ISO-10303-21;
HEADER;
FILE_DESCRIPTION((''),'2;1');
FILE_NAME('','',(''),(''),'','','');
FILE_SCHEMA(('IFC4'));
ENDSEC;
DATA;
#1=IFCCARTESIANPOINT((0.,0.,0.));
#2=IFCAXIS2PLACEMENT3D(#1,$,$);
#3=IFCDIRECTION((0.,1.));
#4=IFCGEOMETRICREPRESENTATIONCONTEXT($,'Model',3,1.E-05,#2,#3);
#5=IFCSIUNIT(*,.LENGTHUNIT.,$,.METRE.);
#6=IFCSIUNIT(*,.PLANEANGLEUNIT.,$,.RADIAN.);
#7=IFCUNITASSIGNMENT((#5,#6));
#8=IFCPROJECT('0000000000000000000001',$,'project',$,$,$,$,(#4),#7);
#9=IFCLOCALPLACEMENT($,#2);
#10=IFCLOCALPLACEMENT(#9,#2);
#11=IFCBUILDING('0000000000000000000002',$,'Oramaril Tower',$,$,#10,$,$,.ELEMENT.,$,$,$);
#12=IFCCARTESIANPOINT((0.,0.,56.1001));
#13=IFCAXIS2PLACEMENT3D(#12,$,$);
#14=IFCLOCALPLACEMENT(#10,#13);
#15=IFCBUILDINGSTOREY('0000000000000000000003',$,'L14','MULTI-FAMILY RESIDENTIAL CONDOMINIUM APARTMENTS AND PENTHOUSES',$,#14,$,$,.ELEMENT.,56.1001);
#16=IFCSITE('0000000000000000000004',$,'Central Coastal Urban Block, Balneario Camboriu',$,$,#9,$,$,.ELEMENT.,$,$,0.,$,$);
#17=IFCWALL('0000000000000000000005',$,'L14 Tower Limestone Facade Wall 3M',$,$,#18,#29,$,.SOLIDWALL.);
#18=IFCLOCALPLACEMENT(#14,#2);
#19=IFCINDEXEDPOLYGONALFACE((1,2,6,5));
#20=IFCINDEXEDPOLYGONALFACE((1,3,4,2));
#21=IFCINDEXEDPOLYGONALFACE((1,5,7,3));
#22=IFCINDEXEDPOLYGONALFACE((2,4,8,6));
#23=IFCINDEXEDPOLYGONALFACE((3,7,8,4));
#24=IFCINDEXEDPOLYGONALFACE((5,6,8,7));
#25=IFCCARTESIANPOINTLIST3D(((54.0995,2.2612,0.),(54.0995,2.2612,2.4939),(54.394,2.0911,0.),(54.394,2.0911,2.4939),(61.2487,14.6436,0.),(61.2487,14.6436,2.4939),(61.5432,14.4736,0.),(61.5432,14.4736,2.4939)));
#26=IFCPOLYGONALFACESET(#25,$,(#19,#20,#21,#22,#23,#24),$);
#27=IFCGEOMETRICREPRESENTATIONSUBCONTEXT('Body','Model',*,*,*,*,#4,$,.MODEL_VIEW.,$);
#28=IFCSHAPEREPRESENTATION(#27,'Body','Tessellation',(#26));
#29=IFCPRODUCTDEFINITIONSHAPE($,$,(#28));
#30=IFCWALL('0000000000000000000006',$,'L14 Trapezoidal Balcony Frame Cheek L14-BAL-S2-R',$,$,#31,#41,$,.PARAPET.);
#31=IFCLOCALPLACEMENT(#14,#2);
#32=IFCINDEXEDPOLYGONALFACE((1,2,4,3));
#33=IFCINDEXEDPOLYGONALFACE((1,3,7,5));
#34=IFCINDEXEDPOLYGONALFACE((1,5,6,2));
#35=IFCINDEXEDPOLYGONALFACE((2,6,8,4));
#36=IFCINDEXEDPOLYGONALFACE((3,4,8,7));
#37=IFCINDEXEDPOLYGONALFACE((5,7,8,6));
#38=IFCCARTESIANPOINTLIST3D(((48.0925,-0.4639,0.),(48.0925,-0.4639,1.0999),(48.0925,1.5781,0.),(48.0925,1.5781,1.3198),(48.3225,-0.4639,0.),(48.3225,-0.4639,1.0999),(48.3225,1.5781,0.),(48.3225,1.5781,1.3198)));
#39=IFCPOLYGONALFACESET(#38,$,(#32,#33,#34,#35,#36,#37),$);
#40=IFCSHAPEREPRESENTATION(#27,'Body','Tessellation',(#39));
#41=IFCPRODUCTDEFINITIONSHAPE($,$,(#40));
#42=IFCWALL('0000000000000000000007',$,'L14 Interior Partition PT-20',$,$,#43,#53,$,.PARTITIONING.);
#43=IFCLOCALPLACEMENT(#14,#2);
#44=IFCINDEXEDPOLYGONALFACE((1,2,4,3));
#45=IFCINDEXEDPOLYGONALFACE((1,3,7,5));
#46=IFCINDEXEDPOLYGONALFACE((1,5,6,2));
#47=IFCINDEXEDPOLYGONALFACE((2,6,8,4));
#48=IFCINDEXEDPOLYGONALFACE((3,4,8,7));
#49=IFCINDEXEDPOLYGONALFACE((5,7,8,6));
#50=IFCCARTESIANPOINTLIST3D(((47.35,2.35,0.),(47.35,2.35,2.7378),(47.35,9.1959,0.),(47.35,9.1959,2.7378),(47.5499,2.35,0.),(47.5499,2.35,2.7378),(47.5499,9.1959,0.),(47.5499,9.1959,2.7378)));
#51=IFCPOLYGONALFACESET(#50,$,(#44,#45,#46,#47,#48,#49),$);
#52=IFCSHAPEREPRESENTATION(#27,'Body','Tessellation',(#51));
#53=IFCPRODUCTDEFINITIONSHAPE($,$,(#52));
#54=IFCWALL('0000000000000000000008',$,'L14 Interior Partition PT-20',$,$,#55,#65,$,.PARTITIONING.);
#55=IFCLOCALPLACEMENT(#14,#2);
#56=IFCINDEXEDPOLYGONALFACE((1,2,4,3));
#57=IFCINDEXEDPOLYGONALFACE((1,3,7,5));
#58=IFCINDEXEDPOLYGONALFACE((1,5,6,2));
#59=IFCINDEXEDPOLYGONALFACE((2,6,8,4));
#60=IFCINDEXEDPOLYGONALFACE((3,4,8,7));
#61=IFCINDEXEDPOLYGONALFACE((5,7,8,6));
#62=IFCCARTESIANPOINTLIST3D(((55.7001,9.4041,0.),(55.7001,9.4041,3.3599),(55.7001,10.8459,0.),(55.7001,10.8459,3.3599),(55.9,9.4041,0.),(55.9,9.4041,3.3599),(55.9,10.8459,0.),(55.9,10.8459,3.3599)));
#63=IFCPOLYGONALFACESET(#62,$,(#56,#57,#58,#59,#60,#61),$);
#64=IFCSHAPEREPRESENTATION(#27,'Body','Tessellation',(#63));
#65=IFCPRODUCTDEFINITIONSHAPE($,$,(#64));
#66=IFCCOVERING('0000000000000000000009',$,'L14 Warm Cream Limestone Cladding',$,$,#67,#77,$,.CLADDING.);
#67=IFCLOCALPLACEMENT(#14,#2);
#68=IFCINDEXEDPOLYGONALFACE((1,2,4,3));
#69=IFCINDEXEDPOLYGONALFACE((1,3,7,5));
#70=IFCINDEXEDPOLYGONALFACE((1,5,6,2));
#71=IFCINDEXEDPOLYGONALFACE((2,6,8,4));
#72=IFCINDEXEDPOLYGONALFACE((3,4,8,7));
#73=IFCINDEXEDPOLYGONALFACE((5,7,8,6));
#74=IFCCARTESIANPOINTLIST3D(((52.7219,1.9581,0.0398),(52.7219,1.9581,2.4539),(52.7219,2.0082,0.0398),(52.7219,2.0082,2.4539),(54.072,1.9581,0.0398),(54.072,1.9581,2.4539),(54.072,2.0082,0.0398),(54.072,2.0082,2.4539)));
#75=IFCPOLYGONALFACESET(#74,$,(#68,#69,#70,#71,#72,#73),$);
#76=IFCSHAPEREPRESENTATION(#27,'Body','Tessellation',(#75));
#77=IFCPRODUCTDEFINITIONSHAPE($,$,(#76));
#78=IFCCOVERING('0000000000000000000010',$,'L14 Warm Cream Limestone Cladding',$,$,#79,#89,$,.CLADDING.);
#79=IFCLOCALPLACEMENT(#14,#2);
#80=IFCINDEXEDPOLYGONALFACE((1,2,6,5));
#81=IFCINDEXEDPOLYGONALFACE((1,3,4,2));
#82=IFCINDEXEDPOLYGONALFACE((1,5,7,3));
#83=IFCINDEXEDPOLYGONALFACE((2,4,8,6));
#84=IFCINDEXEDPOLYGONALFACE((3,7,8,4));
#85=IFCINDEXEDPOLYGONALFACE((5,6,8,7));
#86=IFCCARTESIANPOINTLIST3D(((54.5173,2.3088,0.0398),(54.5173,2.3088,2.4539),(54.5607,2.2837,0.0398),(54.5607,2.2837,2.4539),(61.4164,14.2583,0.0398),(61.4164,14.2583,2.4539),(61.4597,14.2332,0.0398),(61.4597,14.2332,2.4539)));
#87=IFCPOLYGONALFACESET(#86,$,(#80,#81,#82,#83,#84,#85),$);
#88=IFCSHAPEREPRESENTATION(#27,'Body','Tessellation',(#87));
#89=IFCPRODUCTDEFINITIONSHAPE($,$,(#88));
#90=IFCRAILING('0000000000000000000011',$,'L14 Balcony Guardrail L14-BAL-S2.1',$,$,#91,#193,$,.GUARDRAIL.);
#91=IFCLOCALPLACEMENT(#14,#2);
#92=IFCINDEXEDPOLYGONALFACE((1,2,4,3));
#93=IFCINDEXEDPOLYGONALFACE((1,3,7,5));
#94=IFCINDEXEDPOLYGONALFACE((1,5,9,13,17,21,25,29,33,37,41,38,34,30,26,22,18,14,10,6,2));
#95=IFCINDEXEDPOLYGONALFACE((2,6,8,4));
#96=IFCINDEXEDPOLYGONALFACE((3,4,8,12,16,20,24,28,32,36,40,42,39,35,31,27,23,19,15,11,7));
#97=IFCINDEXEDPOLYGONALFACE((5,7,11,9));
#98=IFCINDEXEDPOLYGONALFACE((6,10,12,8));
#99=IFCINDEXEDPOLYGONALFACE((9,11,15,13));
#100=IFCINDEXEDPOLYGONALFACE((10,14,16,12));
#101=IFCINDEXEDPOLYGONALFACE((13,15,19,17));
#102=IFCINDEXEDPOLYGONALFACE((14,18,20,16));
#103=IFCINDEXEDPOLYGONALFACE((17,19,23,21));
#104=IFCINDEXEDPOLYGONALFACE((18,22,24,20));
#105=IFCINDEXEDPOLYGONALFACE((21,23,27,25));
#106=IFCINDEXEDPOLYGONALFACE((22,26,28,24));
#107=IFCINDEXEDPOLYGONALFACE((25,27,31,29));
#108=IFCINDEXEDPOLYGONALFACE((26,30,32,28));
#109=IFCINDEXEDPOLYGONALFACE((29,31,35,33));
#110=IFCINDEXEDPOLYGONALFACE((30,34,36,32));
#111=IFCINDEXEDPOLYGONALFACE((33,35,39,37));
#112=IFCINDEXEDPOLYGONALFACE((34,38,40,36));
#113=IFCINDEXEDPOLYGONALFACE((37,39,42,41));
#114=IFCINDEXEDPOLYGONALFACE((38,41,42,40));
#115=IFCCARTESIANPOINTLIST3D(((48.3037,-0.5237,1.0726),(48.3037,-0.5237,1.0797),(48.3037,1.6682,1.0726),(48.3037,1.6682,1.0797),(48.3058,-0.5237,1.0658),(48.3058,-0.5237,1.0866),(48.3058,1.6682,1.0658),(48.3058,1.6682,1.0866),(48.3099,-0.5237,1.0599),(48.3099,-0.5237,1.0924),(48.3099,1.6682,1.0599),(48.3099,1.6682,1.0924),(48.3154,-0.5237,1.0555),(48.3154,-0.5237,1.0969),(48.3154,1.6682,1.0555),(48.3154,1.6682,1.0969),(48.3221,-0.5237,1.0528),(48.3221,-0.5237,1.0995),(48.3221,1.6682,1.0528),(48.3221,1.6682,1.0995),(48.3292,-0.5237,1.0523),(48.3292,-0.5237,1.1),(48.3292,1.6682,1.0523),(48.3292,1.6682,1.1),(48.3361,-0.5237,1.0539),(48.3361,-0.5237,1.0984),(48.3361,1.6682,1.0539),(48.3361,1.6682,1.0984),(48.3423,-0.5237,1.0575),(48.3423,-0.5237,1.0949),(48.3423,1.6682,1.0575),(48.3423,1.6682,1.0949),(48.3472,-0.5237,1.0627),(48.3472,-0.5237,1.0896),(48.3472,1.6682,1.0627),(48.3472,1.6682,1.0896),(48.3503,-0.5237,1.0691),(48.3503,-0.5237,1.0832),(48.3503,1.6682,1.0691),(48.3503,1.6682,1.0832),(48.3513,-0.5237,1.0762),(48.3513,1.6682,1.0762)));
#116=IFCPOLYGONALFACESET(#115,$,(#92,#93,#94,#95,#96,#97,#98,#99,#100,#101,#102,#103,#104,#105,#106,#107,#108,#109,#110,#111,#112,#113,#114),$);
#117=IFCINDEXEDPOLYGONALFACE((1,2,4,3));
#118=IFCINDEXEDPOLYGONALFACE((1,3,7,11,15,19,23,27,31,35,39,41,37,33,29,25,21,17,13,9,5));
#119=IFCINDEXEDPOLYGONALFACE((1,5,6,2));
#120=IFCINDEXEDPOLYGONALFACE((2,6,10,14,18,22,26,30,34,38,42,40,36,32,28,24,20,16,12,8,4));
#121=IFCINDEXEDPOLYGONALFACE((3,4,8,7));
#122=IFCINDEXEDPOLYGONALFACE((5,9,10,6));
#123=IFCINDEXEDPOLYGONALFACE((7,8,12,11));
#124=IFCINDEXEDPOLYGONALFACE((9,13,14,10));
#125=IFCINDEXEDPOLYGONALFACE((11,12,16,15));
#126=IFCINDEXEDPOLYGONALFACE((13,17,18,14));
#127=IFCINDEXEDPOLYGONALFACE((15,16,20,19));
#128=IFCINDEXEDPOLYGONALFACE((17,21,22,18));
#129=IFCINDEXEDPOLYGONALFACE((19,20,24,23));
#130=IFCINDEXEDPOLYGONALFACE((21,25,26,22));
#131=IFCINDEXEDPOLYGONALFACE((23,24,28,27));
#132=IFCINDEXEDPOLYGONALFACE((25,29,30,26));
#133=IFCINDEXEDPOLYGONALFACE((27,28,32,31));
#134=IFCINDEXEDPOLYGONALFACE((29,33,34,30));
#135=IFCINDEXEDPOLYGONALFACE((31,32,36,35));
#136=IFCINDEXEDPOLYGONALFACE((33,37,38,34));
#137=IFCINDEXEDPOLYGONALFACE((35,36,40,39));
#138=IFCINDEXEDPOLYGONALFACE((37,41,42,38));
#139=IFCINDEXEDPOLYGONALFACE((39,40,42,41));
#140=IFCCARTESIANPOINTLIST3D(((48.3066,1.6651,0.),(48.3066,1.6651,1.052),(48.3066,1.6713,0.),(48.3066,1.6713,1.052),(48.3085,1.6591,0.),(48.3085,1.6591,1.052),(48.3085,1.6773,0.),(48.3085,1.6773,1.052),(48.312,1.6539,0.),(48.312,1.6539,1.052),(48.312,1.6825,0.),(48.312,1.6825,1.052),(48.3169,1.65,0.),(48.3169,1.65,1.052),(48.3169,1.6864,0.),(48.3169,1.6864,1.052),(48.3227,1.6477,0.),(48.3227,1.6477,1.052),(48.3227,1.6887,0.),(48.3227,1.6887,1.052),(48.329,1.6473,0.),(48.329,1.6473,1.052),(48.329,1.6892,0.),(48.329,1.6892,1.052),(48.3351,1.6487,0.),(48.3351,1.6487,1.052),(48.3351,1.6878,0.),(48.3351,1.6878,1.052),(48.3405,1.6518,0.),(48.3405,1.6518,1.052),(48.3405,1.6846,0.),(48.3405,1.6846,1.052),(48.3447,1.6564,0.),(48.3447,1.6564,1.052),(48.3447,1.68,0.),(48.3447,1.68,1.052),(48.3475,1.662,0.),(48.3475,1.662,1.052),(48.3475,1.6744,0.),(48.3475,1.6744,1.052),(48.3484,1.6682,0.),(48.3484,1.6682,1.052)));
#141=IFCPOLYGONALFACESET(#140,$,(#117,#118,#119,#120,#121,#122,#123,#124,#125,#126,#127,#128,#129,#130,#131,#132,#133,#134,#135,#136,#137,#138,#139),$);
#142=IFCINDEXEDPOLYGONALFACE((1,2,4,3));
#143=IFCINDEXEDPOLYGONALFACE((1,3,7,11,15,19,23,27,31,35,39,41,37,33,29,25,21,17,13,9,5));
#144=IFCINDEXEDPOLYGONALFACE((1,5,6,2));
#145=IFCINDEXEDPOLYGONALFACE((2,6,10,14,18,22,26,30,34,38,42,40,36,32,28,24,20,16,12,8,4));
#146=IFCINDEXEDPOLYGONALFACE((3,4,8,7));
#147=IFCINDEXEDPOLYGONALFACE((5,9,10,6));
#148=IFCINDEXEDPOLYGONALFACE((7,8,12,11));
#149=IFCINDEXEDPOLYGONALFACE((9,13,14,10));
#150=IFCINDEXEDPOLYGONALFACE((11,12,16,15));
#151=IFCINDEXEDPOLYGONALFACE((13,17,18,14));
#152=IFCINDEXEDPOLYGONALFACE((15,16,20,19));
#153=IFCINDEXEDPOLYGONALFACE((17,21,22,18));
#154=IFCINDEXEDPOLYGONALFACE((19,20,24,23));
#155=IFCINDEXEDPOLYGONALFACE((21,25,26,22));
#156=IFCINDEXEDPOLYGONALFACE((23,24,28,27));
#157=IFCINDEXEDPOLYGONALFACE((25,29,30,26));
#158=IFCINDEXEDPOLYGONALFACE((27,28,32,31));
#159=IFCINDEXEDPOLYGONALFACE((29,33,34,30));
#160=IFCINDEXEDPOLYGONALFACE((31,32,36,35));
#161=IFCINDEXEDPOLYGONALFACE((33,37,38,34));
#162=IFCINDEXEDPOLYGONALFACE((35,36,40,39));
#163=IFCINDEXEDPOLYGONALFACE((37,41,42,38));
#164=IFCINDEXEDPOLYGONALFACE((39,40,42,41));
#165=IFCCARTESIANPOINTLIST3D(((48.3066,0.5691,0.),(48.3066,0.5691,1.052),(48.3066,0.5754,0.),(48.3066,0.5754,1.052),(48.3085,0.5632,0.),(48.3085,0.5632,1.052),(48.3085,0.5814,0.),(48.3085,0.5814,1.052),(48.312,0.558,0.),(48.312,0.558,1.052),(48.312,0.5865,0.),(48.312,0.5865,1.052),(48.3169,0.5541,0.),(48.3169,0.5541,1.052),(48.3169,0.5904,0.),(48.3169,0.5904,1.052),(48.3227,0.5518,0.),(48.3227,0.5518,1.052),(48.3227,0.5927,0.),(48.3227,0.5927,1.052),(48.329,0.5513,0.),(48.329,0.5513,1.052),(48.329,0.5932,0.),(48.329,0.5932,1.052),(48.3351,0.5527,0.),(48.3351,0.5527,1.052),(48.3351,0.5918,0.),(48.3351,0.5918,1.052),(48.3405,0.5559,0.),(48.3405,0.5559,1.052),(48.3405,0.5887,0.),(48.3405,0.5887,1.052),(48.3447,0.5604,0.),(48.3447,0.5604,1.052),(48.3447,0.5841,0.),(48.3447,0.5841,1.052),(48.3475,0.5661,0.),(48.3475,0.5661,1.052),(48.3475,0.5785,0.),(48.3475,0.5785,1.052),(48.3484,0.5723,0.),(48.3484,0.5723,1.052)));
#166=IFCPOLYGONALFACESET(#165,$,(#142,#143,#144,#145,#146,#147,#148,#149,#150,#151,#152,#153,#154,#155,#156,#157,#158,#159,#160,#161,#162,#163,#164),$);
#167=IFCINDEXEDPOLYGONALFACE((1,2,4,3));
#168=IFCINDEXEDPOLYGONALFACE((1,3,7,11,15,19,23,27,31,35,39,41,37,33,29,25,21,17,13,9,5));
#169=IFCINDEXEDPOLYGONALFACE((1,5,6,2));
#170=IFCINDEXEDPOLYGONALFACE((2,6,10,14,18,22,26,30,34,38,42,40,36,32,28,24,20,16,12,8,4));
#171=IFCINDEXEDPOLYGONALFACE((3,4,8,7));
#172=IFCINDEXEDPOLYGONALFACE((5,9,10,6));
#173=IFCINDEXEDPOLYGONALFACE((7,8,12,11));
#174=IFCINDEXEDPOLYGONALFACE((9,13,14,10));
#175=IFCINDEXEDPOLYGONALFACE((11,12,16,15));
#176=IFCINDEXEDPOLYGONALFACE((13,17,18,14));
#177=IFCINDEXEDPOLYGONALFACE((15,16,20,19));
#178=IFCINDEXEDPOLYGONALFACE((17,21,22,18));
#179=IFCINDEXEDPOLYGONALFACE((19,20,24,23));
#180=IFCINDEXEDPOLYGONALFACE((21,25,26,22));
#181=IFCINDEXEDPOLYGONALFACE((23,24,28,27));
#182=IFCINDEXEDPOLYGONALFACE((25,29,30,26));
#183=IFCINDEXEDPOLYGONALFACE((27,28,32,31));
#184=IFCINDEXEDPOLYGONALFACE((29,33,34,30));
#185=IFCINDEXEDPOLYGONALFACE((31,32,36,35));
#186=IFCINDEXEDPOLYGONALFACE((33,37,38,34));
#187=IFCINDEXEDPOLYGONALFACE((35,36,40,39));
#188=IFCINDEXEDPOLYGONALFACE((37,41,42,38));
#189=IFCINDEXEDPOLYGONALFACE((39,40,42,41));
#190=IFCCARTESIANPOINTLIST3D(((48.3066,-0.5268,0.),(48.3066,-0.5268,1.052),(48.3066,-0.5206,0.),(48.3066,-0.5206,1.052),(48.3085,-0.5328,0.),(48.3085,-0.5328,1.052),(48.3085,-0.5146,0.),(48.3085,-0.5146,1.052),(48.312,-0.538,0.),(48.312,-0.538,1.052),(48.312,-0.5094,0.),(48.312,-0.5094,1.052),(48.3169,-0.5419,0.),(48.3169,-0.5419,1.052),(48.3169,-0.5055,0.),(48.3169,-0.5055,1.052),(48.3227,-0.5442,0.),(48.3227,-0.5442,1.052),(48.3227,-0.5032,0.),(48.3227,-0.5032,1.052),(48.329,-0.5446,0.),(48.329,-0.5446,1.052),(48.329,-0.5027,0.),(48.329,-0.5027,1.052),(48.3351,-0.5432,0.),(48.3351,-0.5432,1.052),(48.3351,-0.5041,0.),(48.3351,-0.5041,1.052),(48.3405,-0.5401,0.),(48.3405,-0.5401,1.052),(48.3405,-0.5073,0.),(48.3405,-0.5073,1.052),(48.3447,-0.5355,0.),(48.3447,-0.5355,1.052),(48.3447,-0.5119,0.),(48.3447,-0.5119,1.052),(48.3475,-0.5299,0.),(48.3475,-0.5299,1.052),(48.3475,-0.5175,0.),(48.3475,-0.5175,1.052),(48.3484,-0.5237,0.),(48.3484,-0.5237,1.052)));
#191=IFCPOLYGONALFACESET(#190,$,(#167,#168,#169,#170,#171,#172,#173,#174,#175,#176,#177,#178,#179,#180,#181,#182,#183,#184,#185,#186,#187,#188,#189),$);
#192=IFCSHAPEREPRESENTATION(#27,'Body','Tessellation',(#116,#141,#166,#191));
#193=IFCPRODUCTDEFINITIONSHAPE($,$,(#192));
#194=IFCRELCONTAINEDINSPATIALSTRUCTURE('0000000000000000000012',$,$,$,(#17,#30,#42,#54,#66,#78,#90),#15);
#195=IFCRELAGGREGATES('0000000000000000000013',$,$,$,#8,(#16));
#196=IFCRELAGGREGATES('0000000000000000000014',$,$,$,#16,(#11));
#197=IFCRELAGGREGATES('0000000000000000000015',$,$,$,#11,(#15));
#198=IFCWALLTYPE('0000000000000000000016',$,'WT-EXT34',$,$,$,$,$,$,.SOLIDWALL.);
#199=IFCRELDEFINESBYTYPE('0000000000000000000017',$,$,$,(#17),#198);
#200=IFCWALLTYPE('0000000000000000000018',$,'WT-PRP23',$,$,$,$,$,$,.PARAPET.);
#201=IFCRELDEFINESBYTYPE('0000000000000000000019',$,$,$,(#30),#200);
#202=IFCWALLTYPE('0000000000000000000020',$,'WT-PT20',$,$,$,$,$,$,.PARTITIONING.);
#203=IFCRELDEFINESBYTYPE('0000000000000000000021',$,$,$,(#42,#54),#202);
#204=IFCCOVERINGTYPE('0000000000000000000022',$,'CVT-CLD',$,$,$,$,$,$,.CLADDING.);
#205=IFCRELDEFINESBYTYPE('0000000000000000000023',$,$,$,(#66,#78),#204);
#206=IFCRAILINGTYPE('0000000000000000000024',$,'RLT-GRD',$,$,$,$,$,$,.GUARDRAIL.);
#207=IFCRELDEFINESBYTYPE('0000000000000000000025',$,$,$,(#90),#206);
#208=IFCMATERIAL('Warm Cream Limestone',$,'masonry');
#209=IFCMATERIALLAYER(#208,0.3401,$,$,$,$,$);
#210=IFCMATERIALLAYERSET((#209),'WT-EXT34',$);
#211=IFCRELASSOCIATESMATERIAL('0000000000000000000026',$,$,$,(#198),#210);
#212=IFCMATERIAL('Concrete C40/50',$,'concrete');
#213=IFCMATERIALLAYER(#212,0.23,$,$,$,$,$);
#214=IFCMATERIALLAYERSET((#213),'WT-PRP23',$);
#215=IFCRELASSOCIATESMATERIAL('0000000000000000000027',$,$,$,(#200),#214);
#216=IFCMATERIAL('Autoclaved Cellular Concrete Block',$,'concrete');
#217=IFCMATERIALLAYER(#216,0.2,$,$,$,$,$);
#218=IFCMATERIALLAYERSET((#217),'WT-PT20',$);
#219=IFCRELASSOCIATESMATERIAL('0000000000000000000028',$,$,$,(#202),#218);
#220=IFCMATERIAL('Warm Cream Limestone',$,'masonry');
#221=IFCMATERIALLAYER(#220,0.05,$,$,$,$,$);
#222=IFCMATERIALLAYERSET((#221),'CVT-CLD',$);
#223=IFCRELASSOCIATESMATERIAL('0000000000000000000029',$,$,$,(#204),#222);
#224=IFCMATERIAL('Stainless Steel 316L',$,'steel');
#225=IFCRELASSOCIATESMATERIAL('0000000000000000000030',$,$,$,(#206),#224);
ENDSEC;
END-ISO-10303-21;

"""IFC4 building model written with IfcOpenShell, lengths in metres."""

from ifc_helpers import new_model, si_unit, direction, frame, frame_2d, origin, origin_2d, place, context, subcontext, project, spatial, polyline, rectangle, circle, outline, extrude, material, layer, layer_set, type_object, element, save


model = new_model("IFC4")

# Units and contexts
model_context = context("Model", 3, precision=1e-05, world=origin(), true_north=direction((0.0, 1.0)))
body_context = subcontext(model_context, "Body", "Model", "MODEL_VIEW")
ifc_project = project(units=[si_unit("LENGTHUNIT", "METRE"), si_unit("PLANEANGLEUNIT", "RADIAN")], contexts=[model_context])

# Site, building, storey
site_placement = place(None, origin())
site = spatial("IfcSite", under=ifc_project, at=site_placement, Name="Central Coastal Urban Block, Balneario Camboriu", CompositionType="ELEMENT", RefElevation=0.0)
building_placement = place(site_placement, origin())
building = spatial("IfcBuilding", under=site, at=building_placement, Name="Oramaril Tower", CompositionType="ELEMENT")
storey_placement = place(building_placement, frame((0.0, 0.0, 56.1001)))
storey = spatial("IfcBuildingStorey", under=building, at=storey_placement, Name="L14", Description="MULTI-FAMILY RESIDENTIAL CONDOMINIUM APARTMENTS AND PENTHOUSES", CompositionType="ELEMENT", Elevation=56.1001)

# Walls
ifc_material_1 = material(Name="Warm Cream Limestone", Category="masonry")
ifc_layer_1 = layer(ifc_material_1, 0.3401)
ifc_layer_set_1 = layer_set([ifc_layer_1], Name="WT-EXT34")
wall_type_1 = type_object("IfcWallType", Name="WT-EXT34", PredefinedType="SOLIDWALL", material=ifc_layer_set_1)
wall_1_placement = place(storey_placement, frame((54.2468, 2.1763, 0.0), z_axis=(0.0, 0.0, 1.0), x_axis=(0.500012, 0.866018, 0.0)))
element("IfcWall", 1, at=wall_1_placement, inside=storey, type_object=wall_type_1, Name="L14 Tower Limestone Facade Wall 3M", PredefinedType="SOLIDWALL", context=body_context, shape_type="SweptSolid", body=[
    extrude(rectangle(XDim=14.2981, YDim=0.3401, at=frame_2d((7.1489, 0.0))), origin(), (0.0, 0.0, 1.0), 2.4939),
])
ifc_material_2 = material(Name="Concrete C40/50", Category="concrete")
ifc_layer_2 = layer(ifc_material_2, 0.23)
ifc_layer_set_2 = layer_set([ifc_layer_2], Name="WT-PRP23")
wall_type_2 = type_object("IfcWallType", Name="WT-PRP23", PredefinedType="PARAPET", material=ifc_layer_set_2)
wall_2_placement = place(storey_placement, frame((48.2075, 1.5781, 0.0), z_axis=(0.0, 0.0, 1.0), x_axis=(0.0, -1.0, 0.0)))
element("IfcWall", 2, at=wall_2_placement, inside=storey, type_object=wall_type_2, Name="L14 Trapezoidal Balcony Frame Cheek L14-BAL-S2-R", PredefinedType="PARAPET", context=body_context, shape_type="SweptSolid", body=[
    extrude(outline(polyline([(0.0, 0.0), (2.042, 0.0), (2.042, 1.0999), (0.0, 1.3198), (0.0, 0.0)])), frame((0.0, 0.115, 0.0), z_axis=(0.0, -1.0, 0.0), x_axis=(1.0, 0.0, 0.0)), (0.0, 0.0, 1.0), 0.23),
])
ifc_material_3 = material(Name="Autoclaved Cellular Concrete Block", Category="concrete")
ifc_layer_3 = layer(ifc_material_3, 0.2)
ifc_layer_set_3 = layer_set([ifc_layer_3], Name="WT-PT20")
wall_type_3 = type_object("IfcWallType", Name="WT-PT20", PredefinedType="PARTITIONING", material=ifc_layer_set_3)
wall_3_placement = place(storey_placement, frame((47.45, 2.3501, 0.0), z_axis=(0.0, 0.0, 1.0), x_axis=(0.0, 1.0, 0.0)))
element("IfcWall", 3, at=wall_3_placement, inside=storey, type_object=wall_type_3, Name="L14 Interior Partition PT-20", PredefinedType="PARTITIONING", context=body_context, shape_type="SweptSolid", body=[
    extrude(rectangle(XDim=6.8459, YDim=0.2, at=frame_2d((3.4229, 0.0))), origin(), (0.0, 0.0, 1.0), 2.7378),
])
wall_4_placement = place(storey_placement, frame((55.8, 9.4041, 0.0), z_axis=(0.0, 0.0, 1.0), x_axis=(0.0, 1.0, 0.0)))
element("IfcWall", 4, at=wall_4_placement, inside=storey, type_object=wall_type_3, Name="L14 Interior Partition PT-20", PredefinedType="PARTITIONING", context=body_context, shape_type="SweptSolid", body=[
    extrude(rectangle(XDim=1.4419, YDim=0.2, at=frame_2d((0.7209, 0.0))), origin(), (0.0, 0.0, 1.0), 3.3599),
])

# Coverings
ifc_material_4 = material(Name="Warm Cream Limestone", Category="masonry")
ifc_layer_4 = layer(ifc_material_4, 0.05)
ifc_layer_set_4 = layer_set([ifc_layer_4], Name="CVT-CLD")
covering_type = type_object("IfcCoveringType", Name="CVT-CLD", PredefinedType="CLADDING", material=ifc_layer_set_4)
covering_1_placement = place(storey_placement, frame((53.397, 1.9832, 0.0398), z_axis=(0.0, 0.0, 1.0), x_axis=(1.0, 0.0, 0.0)))
element("IfcCovering", 5, at=covering_1_placement, inside=storey, type_object=covering_type, Name="L14 Warm Cream Limestone Cladding", PredefinedType="CLADDING", context=body_context, shape_type="SweptSolid", body=[
    extrude(rectangle(XDim=1.3501, YDim=0.05, at=origin_2d()), origin(), (0.0, 0.0, 1.0), 2.4141),
])
covering_2_placement = place(storey_placement, frame((57.9885, 8.271, 0.0398), z_axis=(0.0, 0.0, 1.0), x_axis=(0.500002, 0.866025, 0.0)))
element("IfcCovering", 6, at=covering_2_placement, inside=storey, type_object=covering_type, Name="L14 Warm Cream Limestone Cladding", PredefinedType="CLADDING", context=body_context, shape_type="SweptSolid", body=[
    extrude(rectangle(XDim=13.7981, YDim=0.05, at=origin_2d()), origin(), (0.0, 0.0, 1.0), 2.4141),
])

# Railing
ifc_material_5 = material(Name="Stainless Steel 316L", Category="steel")
railing_type = type_object("IfcRailingType", Name="RLT-GRD", PredefinedType="GUARDRAIL", material=ifc_material_5)
railing_1_placement = place(storey_placement, frame((48.3274, 1.6682, 0.0)))
element("IfcRailing", 7, at=railing_1_placement, inside=storey, type_object=railing_type, Name="L14 Balcony Guardrail L14-BAL-S2.1", PredefinedType="GUARDRAIL", context=body_context, shape_type="SweptSolid", body=[
    extrude(circle(Radius=0.0239, at=origin_2d()), frame((0.0, 0.0, 1.0762), z_axis=(0.0, -1.0, 0.0), x_axis=(1.0, 0.0, 0.0)), (0.0, 0.0, 1.0), 2.1919),
    extrude(circle(Radius=0.021, at=origin_2d()), origin(), (0.0, 0.0, 1.0), 1.052),
    extrude(circle(Radius=0.021, at=origin_2d()), frame((0.0, -1.0959, 0.0)), (0.0, 0.0, 1.0), 1.052),
    extrude(circle(Radius=0.021, at=origin_2d()), frame((0.0, -2.1919, 0.0)), (0.0, 0.0, 1.0), 1.052),
])

save(model, "model.ifc")
